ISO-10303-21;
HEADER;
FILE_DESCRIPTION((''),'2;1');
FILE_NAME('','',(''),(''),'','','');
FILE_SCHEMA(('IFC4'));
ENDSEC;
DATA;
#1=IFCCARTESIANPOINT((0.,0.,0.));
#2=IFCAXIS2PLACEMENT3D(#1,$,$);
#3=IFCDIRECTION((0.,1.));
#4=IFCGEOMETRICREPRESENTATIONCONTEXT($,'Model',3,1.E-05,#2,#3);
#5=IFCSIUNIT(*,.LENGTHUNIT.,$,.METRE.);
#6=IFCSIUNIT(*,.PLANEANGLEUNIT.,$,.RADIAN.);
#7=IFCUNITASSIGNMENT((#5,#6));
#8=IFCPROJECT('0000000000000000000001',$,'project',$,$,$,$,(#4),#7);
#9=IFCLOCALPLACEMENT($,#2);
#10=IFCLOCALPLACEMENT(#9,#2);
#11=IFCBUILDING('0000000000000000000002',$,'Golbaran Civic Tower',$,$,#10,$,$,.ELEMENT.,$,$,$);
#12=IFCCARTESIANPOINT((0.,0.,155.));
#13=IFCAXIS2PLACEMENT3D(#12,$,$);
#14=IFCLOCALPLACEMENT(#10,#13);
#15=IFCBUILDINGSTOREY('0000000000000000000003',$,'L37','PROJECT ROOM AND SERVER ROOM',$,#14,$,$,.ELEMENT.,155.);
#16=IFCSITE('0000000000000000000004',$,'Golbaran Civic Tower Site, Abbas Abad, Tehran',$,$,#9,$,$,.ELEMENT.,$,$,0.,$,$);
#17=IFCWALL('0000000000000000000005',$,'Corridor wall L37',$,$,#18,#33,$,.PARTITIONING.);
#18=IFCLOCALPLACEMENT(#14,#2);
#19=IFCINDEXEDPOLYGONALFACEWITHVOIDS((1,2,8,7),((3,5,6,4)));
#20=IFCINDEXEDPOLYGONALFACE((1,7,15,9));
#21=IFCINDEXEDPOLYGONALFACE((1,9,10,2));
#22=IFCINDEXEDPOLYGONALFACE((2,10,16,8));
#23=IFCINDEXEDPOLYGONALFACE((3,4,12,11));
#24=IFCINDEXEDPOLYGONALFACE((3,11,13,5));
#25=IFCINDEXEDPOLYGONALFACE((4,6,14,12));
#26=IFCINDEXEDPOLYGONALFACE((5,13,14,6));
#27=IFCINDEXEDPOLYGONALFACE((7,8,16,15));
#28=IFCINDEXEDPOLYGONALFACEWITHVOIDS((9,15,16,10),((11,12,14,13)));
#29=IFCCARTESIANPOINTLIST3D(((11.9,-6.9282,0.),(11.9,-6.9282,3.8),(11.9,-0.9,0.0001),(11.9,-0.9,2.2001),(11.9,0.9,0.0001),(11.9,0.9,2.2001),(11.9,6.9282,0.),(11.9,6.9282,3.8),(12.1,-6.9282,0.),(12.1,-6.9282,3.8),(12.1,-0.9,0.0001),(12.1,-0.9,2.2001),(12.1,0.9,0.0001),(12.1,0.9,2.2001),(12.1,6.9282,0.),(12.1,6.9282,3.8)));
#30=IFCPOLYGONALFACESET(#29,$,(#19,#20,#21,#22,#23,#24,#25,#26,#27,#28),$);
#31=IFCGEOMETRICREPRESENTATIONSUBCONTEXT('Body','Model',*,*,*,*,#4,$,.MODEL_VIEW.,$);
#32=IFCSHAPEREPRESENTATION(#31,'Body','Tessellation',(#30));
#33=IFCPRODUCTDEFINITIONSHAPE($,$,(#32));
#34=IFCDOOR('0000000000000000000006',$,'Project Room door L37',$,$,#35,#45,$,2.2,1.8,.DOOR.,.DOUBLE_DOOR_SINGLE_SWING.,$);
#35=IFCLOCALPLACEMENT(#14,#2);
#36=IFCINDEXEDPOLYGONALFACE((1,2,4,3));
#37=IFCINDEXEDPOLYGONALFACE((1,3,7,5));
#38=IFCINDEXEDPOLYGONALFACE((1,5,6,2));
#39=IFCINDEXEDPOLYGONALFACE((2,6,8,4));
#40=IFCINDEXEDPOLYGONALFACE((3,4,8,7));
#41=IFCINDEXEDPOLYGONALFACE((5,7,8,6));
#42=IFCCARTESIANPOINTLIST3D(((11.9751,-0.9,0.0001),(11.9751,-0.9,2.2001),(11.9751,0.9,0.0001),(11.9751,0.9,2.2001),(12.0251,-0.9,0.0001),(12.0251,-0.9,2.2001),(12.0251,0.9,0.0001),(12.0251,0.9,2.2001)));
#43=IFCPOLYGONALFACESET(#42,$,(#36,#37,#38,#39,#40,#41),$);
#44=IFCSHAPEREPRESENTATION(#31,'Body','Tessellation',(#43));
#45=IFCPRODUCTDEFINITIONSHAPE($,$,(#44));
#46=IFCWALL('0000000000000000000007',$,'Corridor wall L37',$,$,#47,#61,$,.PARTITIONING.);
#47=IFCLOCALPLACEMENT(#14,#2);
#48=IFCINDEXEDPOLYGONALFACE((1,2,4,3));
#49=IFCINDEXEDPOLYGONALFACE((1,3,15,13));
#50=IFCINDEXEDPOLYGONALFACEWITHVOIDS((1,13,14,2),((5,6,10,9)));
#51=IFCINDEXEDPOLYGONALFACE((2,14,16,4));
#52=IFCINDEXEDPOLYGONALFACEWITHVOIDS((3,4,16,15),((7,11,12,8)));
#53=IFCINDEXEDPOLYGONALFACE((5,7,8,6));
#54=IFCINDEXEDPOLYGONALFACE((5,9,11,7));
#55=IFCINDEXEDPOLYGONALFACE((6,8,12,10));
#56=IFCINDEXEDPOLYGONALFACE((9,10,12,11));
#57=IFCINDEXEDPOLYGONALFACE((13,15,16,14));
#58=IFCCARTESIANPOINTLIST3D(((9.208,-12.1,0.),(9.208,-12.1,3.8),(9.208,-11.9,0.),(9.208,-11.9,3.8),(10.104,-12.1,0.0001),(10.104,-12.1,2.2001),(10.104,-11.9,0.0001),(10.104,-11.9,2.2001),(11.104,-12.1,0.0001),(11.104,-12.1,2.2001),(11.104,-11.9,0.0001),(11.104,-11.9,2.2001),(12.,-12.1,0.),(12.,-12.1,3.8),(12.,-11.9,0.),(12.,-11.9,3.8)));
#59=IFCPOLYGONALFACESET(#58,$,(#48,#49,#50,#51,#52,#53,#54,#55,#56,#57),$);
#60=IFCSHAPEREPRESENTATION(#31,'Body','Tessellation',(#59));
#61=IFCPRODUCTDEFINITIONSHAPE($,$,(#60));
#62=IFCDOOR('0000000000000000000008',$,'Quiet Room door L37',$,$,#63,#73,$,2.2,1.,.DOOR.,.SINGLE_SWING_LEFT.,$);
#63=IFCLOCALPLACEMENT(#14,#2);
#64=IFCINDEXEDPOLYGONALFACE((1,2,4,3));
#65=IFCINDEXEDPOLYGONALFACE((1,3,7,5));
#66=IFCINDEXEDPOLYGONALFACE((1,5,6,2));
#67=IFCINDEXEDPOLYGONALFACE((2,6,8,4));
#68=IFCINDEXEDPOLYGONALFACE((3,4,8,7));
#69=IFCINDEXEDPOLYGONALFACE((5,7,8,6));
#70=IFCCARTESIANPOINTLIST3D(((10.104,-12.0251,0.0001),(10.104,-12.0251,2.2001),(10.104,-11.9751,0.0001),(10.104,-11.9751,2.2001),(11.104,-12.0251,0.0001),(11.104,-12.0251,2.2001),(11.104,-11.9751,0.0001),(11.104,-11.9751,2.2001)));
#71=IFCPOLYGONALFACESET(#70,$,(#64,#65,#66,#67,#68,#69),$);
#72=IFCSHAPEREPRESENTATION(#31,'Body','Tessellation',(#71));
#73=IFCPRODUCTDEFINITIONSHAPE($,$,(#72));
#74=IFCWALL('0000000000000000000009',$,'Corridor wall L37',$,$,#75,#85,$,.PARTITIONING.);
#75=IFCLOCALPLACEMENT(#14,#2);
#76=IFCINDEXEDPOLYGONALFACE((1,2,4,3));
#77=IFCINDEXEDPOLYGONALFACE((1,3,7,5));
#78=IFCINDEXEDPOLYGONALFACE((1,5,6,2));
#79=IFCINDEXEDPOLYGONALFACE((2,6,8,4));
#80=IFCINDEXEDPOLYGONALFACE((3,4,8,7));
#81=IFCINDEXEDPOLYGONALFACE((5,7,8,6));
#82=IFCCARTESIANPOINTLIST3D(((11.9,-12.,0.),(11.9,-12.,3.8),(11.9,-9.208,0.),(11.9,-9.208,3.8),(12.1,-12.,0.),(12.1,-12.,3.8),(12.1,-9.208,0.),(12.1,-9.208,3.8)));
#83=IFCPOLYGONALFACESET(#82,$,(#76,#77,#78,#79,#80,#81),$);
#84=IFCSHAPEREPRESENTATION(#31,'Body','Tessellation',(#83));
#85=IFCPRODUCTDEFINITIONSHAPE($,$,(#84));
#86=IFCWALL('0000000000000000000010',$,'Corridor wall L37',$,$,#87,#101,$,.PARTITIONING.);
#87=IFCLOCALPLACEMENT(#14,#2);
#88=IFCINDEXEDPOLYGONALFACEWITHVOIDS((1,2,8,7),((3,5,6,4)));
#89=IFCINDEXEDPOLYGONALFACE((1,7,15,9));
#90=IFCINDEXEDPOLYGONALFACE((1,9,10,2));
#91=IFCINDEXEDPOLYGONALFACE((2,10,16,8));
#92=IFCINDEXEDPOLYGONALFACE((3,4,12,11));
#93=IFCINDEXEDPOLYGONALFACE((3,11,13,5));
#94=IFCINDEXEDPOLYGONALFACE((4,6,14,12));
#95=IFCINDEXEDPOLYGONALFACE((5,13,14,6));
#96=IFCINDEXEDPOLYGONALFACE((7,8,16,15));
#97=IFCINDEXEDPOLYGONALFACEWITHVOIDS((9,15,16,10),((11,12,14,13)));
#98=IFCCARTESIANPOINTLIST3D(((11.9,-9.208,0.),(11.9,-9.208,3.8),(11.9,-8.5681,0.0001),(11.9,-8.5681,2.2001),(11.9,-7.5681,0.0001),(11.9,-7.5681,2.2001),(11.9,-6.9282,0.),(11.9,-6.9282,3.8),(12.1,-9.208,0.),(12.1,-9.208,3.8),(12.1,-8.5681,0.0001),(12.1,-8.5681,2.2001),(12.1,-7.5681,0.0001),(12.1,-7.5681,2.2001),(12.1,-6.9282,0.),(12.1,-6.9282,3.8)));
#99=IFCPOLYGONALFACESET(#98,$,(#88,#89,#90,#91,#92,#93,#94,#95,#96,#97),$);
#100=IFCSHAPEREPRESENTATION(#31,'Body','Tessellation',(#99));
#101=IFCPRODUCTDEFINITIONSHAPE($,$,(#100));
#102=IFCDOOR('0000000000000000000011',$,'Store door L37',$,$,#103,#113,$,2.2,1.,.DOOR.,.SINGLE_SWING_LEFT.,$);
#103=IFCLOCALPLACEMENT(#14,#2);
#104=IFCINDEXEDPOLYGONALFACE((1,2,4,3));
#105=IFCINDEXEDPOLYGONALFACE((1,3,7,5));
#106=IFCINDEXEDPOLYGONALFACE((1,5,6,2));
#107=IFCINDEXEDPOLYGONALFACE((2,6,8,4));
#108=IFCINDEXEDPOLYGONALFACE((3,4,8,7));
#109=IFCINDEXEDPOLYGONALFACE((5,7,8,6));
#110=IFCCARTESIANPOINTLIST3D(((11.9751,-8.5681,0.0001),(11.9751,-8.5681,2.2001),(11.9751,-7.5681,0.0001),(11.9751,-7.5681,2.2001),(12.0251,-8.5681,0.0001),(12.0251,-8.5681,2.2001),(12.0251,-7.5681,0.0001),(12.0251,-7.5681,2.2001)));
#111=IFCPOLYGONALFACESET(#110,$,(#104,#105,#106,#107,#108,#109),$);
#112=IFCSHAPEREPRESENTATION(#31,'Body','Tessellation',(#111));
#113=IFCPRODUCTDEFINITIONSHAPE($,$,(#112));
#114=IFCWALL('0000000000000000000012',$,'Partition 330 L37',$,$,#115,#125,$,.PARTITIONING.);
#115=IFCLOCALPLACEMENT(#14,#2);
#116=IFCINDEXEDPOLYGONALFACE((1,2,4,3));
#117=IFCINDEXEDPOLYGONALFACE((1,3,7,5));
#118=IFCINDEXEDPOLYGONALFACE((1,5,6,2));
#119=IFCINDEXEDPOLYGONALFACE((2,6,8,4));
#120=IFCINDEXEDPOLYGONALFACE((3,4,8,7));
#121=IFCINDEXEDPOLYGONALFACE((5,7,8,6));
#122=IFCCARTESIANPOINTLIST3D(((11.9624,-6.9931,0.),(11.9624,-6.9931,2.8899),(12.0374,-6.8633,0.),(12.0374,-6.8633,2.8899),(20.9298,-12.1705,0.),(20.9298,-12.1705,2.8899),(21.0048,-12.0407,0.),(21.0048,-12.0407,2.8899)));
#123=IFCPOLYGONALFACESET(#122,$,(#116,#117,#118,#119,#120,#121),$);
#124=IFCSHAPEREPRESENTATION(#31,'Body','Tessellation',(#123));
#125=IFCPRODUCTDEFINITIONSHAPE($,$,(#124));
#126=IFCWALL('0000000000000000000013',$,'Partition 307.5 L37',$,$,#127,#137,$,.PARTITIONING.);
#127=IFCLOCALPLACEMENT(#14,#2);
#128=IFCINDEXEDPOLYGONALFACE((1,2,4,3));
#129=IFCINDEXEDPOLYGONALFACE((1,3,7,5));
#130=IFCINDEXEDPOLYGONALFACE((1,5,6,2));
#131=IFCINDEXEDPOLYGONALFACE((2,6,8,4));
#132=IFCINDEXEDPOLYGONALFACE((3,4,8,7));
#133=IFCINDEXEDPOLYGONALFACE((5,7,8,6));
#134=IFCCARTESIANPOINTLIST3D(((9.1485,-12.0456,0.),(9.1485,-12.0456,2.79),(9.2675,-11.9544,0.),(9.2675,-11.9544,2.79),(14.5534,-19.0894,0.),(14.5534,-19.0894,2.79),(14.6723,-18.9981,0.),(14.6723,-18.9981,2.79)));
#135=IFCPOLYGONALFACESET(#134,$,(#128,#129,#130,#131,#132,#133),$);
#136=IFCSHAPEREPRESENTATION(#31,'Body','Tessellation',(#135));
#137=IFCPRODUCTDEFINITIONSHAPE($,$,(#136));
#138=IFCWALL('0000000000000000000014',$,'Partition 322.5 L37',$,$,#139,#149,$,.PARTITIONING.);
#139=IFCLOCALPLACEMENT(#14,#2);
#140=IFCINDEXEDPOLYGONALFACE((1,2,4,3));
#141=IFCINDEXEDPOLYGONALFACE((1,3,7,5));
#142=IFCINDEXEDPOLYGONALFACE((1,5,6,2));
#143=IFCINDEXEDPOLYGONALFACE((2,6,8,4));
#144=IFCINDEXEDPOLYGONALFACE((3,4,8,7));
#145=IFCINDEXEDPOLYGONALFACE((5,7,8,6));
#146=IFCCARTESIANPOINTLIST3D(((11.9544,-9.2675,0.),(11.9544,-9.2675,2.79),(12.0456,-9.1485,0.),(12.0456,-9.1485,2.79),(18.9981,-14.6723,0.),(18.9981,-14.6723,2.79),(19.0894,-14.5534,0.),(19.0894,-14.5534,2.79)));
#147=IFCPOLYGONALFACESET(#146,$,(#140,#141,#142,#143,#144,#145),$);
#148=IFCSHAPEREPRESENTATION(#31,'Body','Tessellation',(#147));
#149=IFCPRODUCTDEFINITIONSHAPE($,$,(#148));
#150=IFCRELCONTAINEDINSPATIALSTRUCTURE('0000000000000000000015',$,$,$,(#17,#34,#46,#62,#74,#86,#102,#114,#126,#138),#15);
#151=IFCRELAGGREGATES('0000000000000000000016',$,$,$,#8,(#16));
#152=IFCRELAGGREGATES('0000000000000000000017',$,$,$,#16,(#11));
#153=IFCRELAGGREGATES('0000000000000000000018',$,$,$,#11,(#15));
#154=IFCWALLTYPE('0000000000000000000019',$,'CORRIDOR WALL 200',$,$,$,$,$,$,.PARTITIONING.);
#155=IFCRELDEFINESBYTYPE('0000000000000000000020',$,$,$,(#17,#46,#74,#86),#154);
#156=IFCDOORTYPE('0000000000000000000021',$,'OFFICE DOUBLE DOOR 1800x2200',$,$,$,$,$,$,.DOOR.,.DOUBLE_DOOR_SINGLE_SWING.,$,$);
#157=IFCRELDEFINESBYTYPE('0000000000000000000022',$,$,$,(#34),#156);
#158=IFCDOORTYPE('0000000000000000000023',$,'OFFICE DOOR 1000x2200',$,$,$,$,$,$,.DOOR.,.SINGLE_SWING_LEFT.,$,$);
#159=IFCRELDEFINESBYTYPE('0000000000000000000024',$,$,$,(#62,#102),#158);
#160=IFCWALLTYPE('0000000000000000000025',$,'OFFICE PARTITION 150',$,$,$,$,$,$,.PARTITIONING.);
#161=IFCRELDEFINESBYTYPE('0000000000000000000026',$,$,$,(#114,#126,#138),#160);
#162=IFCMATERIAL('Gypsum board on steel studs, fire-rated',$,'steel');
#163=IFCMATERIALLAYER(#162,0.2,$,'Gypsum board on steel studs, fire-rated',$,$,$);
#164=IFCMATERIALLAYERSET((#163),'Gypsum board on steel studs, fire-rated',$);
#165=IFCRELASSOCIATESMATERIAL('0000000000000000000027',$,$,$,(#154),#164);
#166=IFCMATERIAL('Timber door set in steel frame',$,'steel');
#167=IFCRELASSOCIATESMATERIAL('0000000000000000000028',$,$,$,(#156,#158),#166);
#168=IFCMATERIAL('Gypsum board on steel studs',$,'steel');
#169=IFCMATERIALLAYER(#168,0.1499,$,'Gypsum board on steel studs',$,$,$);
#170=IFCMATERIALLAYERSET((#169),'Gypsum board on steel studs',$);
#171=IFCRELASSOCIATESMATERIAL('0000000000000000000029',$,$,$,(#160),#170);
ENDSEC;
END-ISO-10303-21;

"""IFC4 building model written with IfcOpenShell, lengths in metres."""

from ifc_helpers import new_model, si_unit, direction, frame, frame_2d, origin, place, context, subcontext, project, spatial, rectangle, extrude, material, layer, layer_set, type_object, element, fill, save


model = new_model("IFC4")

# Units and contexts
model_context = context("Model", 3, precision=1e-05, world=origin(), true_north=direction((0.0, 1.0)))
body_context = subcontext(model_context, "Body", "Model", "MODEL_VIEW")
ifc_project = project(units=[si_unit("LENGTHUNIT", "METRE"), si_unit("PLANEANGLEUNIT", "RADIAN")], contexts=[model_context])

# Site, building, storey
site_placement = place(None, origin())
site = spatial("IfcSite", under=ifc_project, at=site_placement, Name="Golbaran Civic Tower Site, Abbas Abad, Tehran", CompositionType="ELEMENT", RefElevation=0.0)
building_placement = place(site_placement, origin())
building = spatial("IfcBuilding", under=site, at=building_placement, Name="Golbaran Civic Tower", CompositionType="ELEMENT")
storey_placement = place(building_placement, frame((0.0, 0.0, 155.0)))
storey = spatial("IfcBuildingStorey", under=building, at=storey_placement, Name="L37", Description="PROJECT ROOM AND SERVER ROOM", CompositionType="ELEMENT", Elevation=155.0)

# Shared definitions
ifc_material_1 = material(Name="Timber door set in steel frame", Category="steel")

# Walls, openings, doors
ifc_material_2 = material(Name="Gypsum board on steel studs, fire-rated", Category="steel")
ifc_layer_1 = layer(ifc_material_2, 0.2, Name="Gypsum board on steel studs, fire-rated")
ifc_layer_set_1 = layer_set([ifc_layer_1], Name="Gypsum board on steel studs, fire-rated")
wall_type_1 = type_object("IfcWallType", Name="CORRIDOR WALL 200", PredefinedType="PARTITIONING", material=ifc_layer_set_1)
wall_1_placement = place(storey_placement, frame((12.0, -6.9282, 0.0), z_axis=(0.0, 0.0, 1.0), x_axis=(0.0, 1.0, 0.0)))
wall_1 = element("IfcWall", 1, at=wall_1_placement, inside=storey, type_object=wall_type_1, Name="Corridor wall L37", PredefinedType="PARTITIONING", context=body_context, shape_type="SweptSolid", body=[
    extrude(rectangle(XDim=13.8564, YDim=0.2, at=frame_2d((6.9282, 0.0))), origin(), (0.0, 0.0, 1.0), 3.8),
])
opening_1_placement = place(wall_1_placement, frame((6.0283, 0.0, 0.0)))
opening_1 = element("IfcOpeningElement", 2, at=opening_1_placement, cuts=wall_1, PredefinedType="OPENING", context=body_context, shape_type="SweptSolid", body=[
    extrude(rectangle(XDim=1.8, YDim=2.2, at=frame_2d((0.8999, 1.1001))), frame((0.0, 0.1099, 0.0), z_axis=(0.0, -1.0, 0.0), x_axis=(1.0, 0.0, 0.0)), (0.0, 0.0, 1.0), 0.22),
])
door_type_1 = type_object("IfcDoorType", Name="OFFICE DOUBLE DOOR 1800x2200", OperationType="DOUBLE_DOOR_SINGLE_SWING", PredefinedType="DOOR", material=ifc_material_1)
door_1_placement = place(opening_1_placement, origin())
door_1 = element("IfcDoor", 3, at=door_1_placement, inside=storey, type_object=door_type_1, Name="Project Room door L37", OperationType="DOUBLE_DOOR_SINGLE_SWING", OverallHeight=2.2, OverallWidth=1.8, PredefinedType="DOOR", context=body_context, shape_type="SweptSolid", body=[
    extrude(rectangle(XDim=1.8, YDim=2.2, at=frame_2d((0.8999, 1.1001))), frame((0.0, 0.0249, 0.0), z_axis=(0.0, -1.0, 0.0), x_axis=(1.0, 0.0, 0.0)), (0.0, 0.0, 1.0), 0.05),
])
fill(opening_1, door_1)
wall_2_placement = place(storey_placement, frame((9.208, -12.0, 0.0), z_axis=(0.0, 0.0, 1.0), x_axis=(1.0, 0.0, 0.0)))
wall_2 = element("IfcWall", 4, at=wall_2_placement, inside=storey, type_object=wall_type_1, Name="Corridor wall L37", PredefinedType="PARTITIONING", context=body_context, shape_type="SweptSolid", body=[
    extrude(rectangle(XDim=2.792, YDim=0.2, at=frame_2d((1.396, 0.0))), origin(), (0.0, 0.0, 1.0), 3.8),
])
opening_2_placement = place(wall_2_placement, frame((0.896, 0.0, 0.0)))
opening_2 = element("IfcOpeningElement", 5, at=opening_2_placement, cuts=wall_2, PredefinedType="OPENING", context=body_context, shape_type="SweptSolid", body=[
    extrude(rectangle(XDim=1.0, YDim=2.2, at=frame_2d((0.5, 1.1001))), frame((0.0, 0.1099, 0.0), z_axis=(0.0, -1.0, 0.0), x_axis=(1.0, 0.0, 0.0)), (0.0, 0.0, 1.0), 0.22),
])
door_type_2 = type_object("IfcDoorType", Name="OFFICE DOOR 1000x2200", OperationType="SINGLE_SWING_LEFT", PredefinedType="DOOR", material=ifc_material_1)
door_2_placement = place(opening_2_placement, origin())
door_2 = element("IfcDoor", 6, at=door_2_placement, inside=storey, type_object=door_type_2, Name="Quiet Room door L37", OperationType="SINGLE_SWING_LEFT", OverallHeight=2.2, OverallWidth=1.0, PredefinedType="DOOR", context=body_context, shape_type="SweptSolid", body=[
    extrude(rectangle(XDim=1.0, YDim=2.2, at=frame_2d((0.5, 1.1001))), frame((0.0, 0.0249, 0.0), z_axis=(0.0, -1.0, 0.0), x_axis=(1.0, 0.0, 0.0)), (0.0, 0.0, 1.0), 0.05),
])
fill(opening_2, door_2)

# Wall
wall_3_placement = place(storey_placement, frame((12.0, -12.0, 0.0), z_axis=(0.0, 0.0, 1.0), x_axis=(0.0, 1.0, 0.0)))
element("IfcWall", 7, at=wall_3_placement, inside=storey, type_object=wall_type_1, Name="Corridor wall L37", PredefinedType="PARTITIONING", context=body_context, shape_type="SweptSolid", body=[
    extrude(rectangle(XDim=2.792, YDim=0.2, at=frame_2d((1.396, 0.0))), origin(), (0.0, 0.0, 1.0), 3.8),
])

# Wall, opening, door
wall_4_placement = place(storey_placement, frame((12.0, -9.208, 0.0), z_axis=(0.0, 0.0, 1.0), x_axis=(0.0, 1.0, 0.0)))
wall_4 = element("IfcWall", 8, at=wall_4_placement, inside=storey, type_object=wall_type_1, Name="Corridor wall L37", PredefinedType="PARTITIONING", context=body_context, shape_type="SweptSolid", body=[
    extrude(rectangle(XDim=2.2798, YDim=0.2, at=frame_2d((1.1399, 0.0))), origin(), (0.0, 0.0, 1.0), 3.8),
])
opening_3_placement = place(wall_4_placement, frame((0.6399, 0.0, 0.0)))
opening_3 = element("IfcOpeningElement", 9, at=opening_3_placement, cuts=wall_4, PredefinedType="OPENING", context=body_context, shape_type="SweptSolid", body=[
    extrude(rectangle(XDim=1.0, YDim=2.2, at=frame_2d((0.5, 1.1001))), frame((0.0, 0.1099, 0.0), z_axis=(0.0, -1.0, 0.0), x_axis=(1.0, 0.0, 0.0)), (0.0, 0.0, 1.0), 0.22),
])
door_3_placement = place(opening_3_placement, origin())
door_3 = element("IfcDoor", 10, at=door_3_placement, inside=storey, type_object=door_type_2, Name="Store door L37", OperationType="SINGLE_SWING_LEFT", OverallHeight=2.2, OverallWidth=1.0, PredefinedType="DOOR", context=body_context, shape_type="SweptSolid", body=[
    extrude(rectangle(XDim=1.0, YDim=2.2, at=frame_2d((0.5, 1.1001))), frame((0.0, 0.0249, 0.0), z_axis=(0.0, -1.0, 0.0), x_axis=(1.0, 0.0, 0.0)), (0.0, 0.0, 1.0), 0.05),
])
fill(opening_3, door_3)

# Walls
ifc_material_3 = material(Name="Gypsum board on steel studs", Category="steel")
ifc_layer_2 = layer(ifc_material_3, 0.1499, Name="Gypsum board on steel studs")
ifc_layer_set_2 = layer_set([ifc_layer_2], Name="Gypsum board on steel studs")
wall_type_2 = type_object("IfcWallType", Name="OFFICE PARTITION 150", PredefinedType="PARTITIONING", material=ifc_layer_set_2)
wall_5_placement = place(storey_placement, frame((12.0, -6.9282, 0.0), z_axis=(0.0, 0.0, 1.0), x_axis=(0.866022, -0.500006, 0.0)))
element("IfcWall", 11, at=wall_5_placement, inside=storey, type_object=wall_type_2, Name="Partition 330 L37", PredefinedType="PARTITIONING", context=body_context, shape_type="SweptSolid", body=[
    extrude(rectangle(XDim=10.3547, YDim=0.1499, at=frame_2d((5.1772, 0.0))), origin(), (0.0, 0.0, 1.0), 2.8899),
])
for number, where, z_axis, x_axis, name in (
    (12, (9.208, -12.0, 0.0), (0.0, 0.0, 1.0), (0.608759, -0.793355, 0.0), "Partition 307.5 L37"),
    (13, (12.0, -9.208, 0.0), (0.0, 0.0, 1.0), (0.793355, -0.608759, 0.0), "Partition 322.5 L37"),
):
    element("IfcWall", number, at=place(storey_placement, frame(where, z_axis=z_axis, x_axis=x_axis)), inside=storey, type_object=wall_type_2, Name=name, PredefinedType="PARTITIONING", context=body_context, shape_type="SweptSolid", body=[
        extrude(rectangle(XDim=8.8784, YDim=0.1499, at=frame_2d((4.4392, 0.0))), origin(), (0.0, 0.0, 1.0), 2.79),
    ])

save(model, "model.ifc")
